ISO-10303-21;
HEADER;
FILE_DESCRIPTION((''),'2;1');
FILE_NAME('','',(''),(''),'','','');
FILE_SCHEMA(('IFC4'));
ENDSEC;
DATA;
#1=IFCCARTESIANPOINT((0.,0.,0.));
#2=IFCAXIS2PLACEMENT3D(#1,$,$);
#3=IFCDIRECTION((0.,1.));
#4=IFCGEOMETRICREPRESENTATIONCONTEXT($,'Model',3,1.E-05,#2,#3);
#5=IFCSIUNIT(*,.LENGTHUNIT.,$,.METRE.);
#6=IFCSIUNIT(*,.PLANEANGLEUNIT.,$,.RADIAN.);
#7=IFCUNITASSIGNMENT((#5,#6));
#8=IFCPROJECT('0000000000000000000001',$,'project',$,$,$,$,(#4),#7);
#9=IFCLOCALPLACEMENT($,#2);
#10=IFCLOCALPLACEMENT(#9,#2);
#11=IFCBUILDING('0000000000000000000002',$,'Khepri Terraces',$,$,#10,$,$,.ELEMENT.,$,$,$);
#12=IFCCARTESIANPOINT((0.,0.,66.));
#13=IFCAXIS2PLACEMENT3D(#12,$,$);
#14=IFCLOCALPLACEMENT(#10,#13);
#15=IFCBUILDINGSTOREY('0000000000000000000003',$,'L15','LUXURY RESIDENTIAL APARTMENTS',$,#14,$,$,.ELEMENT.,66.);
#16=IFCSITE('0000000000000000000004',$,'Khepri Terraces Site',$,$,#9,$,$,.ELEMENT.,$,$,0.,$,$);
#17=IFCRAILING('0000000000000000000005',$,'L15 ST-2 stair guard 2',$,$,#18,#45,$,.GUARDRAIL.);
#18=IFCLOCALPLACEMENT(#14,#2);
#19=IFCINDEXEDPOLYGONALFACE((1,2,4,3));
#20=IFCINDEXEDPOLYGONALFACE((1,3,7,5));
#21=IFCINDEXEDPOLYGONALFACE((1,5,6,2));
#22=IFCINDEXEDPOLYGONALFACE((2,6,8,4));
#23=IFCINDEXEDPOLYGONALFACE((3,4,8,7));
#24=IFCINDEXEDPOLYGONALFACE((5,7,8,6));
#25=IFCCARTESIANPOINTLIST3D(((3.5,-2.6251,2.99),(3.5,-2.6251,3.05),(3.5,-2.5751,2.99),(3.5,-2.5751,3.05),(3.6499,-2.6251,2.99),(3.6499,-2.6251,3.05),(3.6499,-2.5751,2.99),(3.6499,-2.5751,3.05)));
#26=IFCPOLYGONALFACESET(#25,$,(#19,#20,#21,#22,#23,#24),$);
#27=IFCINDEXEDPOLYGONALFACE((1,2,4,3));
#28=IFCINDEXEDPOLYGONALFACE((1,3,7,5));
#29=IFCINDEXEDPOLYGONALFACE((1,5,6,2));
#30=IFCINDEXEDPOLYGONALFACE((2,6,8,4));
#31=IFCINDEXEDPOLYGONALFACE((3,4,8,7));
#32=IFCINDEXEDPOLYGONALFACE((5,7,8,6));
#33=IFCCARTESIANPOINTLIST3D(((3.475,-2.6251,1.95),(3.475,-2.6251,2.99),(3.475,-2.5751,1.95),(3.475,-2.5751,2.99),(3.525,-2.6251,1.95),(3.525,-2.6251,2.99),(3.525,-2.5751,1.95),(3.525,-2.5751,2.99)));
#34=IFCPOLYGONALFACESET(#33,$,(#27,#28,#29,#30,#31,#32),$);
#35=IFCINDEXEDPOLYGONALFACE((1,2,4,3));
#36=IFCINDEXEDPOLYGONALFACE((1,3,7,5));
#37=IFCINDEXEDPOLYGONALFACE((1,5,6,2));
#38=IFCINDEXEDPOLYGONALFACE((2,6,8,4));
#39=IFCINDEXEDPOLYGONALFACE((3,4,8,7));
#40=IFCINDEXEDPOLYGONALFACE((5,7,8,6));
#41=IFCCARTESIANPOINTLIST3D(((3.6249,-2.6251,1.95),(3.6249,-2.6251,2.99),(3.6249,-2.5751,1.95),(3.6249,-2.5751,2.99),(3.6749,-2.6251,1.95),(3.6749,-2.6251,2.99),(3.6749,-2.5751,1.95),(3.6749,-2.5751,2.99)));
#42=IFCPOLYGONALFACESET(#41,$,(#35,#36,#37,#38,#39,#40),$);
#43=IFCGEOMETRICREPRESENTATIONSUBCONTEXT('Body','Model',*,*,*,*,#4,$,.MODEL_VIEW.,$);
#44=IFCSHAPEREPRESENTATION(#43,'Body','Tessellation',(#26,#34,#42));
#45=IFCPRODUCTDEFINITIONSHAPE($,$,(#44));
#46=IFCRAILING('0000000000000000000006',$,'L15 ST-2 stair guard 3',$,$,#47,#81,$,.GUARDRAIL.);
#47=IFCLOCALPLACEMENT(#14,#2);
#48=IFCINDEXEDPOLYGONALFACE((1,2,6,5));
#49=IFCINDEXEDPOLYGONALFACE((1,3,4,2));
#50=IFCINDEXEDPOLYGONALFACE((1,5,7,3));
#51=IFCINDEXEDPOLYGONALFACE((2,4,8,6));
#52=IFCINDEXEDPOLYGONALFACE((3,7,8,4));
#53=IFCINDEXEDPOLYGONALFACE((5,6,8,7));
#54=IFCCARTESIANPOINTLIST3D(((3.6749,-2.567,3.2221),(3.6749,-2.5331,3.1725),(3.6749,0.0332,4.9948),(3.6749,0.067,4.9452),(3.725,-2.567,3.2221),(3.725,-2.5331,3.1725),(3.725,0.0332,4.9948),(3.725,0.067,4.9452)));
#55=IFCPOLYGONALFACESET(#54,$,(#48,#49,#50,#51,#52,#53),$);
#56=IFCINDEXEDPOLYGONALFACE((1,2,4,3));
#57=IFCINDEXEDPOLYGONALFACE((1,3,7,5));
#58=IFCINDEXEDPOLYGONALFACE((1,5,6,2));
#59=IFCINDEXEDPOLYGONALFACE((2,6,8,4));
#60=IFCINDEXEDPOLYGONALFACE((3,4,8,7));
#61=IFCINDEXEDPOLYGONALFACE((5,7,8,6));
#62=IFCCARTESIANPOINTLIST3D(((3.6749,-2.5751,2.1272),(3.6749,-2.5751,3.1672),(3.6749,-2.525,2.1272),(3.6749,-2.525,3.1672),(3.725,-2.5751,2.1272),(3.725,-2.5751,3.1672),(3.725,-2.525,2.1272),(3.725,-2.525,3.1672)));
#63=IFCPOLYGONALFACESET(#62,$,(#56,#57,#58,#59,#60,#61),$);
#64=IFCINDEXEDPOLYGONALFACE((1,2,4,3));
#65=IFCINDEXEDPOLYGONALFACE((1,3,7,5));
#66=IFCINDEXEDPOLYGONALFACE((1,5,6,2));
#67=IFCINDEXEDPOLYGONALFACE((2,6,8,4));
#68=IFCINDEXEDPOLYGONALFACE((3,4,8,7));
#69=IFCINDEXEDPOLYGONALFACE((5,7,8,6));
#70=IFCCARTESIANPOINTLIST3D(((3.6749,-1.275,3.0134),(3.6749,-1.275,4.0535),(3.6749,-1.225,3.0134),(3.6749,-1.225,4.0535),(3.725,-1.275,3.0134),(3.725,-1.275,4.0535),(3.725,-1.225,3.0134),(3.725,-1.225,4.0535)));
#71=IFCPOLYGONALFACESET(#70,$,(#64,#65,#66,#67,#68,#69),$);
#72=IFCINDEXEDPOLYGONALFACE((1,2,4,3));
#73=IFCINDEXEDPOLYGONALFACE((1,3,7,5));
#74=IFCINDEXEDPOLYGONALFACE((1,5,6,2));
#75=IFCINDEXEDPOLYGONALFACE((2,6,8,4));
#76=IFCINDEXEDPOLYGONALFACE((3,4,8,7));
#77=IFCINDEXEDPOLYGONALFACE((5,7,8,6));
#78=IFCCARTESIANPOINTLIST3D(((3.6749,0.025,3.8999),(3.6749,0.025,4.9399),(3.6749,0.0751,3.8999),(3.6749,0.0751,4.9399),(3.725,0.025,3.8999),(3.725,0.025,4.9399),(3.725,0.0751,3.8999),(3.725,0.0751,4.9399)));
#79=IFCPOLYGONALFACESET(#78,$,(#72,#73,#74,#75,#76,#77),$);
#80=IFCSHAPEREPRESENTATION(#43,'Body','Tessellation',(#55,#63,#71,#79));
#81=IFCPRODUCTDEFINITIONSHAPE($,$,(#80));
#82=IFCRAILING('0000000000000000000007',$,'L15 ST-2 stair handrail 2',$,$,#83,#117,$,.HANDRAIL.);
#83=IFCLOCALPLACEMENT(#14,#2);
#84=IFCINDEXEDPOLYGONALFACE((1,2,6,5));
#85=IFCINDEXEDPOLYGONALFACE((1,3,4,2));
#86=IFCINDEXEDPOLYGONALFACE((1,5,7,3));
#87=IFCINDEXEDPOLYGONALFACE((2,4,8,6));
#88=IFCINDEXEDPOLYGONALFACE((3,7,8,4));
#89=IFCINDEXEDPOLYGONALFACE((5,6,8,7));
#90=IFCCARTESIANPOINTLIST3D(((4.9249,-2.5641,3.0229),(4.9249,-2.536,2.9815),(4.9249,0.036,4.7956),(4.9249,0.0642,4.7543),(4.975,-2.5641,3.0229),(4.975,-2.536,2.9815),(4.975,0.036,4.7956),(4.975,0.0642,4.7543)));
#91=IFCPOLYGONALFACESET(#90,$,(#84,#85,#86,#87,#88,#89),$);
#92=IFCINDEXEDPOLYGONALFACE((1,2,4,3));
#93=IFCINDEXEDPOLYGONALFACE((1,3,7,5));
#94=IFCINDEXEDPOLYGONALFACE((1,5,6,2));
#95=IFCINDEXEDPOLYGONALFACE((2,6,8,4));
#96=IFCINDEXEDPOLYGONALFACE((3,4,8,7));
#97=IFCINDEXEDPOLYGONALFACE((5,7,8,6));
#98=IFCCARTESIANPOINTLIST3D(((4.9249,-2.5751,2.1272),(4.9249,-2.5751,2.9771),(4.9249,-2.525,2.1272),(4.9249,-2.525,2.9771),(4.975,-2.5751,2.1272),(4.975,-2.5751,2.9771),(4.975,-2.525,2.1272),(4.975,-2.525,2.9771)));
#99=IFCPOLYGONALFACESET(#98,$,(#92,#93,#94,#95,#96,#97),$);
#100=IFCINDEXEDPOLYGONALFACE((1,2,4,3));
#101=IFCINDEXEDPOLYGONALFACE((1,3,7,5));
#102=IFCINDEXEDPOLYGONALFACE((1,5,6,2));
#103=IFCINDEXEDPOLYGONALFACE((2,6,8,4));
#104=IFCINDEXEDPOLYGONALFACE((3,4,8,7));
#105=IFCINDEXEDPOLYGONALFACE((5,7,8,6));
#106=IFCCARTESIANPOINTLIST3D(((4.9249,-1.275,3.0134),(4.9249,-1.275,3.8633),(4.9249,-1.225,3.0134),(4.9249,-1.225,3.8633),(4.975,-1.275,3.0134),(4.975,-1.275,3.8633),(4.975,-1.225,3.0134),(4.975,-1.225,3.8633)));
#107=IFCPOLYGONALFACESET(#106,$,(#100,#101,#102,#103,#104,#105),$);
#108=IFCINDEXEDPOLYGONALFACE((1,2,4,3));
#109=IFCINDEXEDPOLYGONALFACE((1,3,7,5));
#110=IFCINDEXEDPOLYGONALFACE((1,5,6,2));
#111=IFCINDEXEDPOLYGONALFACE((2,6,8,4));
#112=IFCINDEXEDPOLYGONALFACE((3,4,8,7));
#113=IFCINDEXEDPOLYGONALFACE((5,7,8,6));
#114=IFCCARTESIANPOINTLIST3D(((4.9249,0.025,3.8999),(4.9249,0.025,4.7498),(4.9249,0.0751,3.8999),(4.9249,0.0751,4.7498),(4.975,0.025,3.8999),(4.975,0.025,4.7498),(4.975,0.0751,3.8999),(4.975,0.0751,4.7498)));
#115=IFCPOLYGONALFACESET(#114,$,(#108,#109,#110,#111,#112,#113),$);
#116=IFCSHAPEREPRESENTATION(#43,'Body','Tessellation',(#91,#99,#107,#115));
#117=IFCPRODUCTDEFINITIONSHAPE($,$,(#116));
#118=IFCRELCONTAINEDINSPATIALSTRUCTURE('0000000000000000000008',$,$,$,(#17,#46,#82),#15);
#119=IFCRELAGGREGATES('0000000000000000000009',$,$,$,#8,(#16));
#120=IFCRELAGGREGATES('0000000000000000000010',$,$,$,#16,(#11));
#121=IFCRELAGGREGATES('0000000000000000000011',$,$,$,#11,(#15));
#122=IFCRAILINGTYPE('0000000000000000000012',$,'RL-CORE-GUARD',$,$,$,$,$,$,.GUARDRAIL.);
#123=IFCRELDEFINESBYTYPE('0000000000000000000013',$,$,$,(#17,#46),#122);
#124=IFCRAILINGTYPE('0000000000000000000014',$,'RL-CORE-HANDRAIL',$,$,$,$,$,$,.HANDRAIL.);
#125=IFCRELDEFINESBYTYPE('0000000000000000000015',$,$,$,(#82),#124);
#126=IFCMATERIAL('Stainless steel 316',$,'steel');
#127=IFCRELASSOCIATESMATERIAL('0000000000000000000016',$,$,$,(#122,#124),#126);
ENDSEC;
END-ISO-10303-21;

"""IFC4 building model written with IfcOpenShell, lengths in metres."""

from ifc_helpers import new_model, si_unit, direction, frame, origin, origin_2d, place, context, subcontext, project, spatial, rectangle, extrude, material, type_object, element, save


model = new_model("IFC4")

# Units and contexts
model_context = context("Model", 3, precision=1e-05, world=origin(), true_north=direction((0.0, 1.0)))
body_context = subcontext(model_context, "Body", "Model", "MODEL_VIEW")
ifc_project = project(units=[si_unit("LENGTHUNIT", "METRE"), si_unit("PLANEANGLEUNIT", "RADIAN")], contexts=[model_context])

# Site, building, storey
site_placement = place(None, origin())
site = spatial("IfcSite", under=ifc_project, at=site_placement, Name="Khepri Terraces Site", CompositionType="ELEMENT", RefElevation=0.0)
building_placement = place(site_placement, origin())
building = spatial("IfcBuilding", under=site, at=building_placement, Name="Khepri Terraces", CompositionType="ELEMENT")
storey_placement = place(building_placement, frame((0.0, 0.0, 66.0)))
storey = spatial("IfcBuildingStorey", under=building, at=storey_placement, Name="L15", Description="LUXURY RESIDENTIAL APARTMENTS", CompositionType="ELEMENT", Elevation=66.0)

# Railings
ifc_material_1 = material(Name="Stainless steel 316", Category="steel")
railing_type_1 = type_object("IfcRailingType", Name="RL-CORE-GUARD", PredefinedType="GUARDRAIL", material=ifc_material_1)
railing_1_placement = place(storey_placement, frame((3.5, -2.6001, 1.95)))
element("IfcRailing", 1, at=railing_1_placement, inside=storey, type_object=railing_type_1, Name="L15 ST-2 stair guard 2", PredefinedType="GUARDRAIL", context=body_context, shape_type="SweptSolid", body=[
    extrude(rectangle(XDim=0.05, YDim=0.0601, at=origin_2d()), frame((0.0, 0.0, 1.0701), z_axis=(1.0, 0.0, 0.0), x_axis=(0.0, 1.0, 0.0)), (0.0, 0.0, 1.0), 0.1499),
    extrude(rectangle(XDim=0.05, YDim=0.05, at=origin_2d()), origin(), (0.0, 0.0, 1.0), 1.04),
    extrude(rectangle(XDim=0.05, YDim=0.05, at=origin_2d()), frame((0.1499, 0.0, 0.0)), (0.0, 0.0, 1.0), 1.04),
])
railing_2_placement = place(storey_placement, frame((3.7, -2.55, 2.1272)))
element("IfcRailing", 2, at=railing_2_placement, inside=storey, type_object=railing_type_1, Name="L15 ST-2 stair guard 3", PredefinedType="GUARDRAIL", context=body_context, shape_type="SweptSolid", body=[
    extrude(rectangle(XDim=0.05, YDim=0.0601, at=origin_2d()), frame((0.0, 0.0, 1.0701), z_axis=(0.0, 0.82624, 0.563318), x_axis=(-1.0, 0.0, 0.0)), (0.0, 0.0, 1.0), 3.147),
    extrude(rectangle(XDim=0.05, YDim=0.05, at=origin_2d()), origin(), (0.0, 0.0, 1.0), 1.04),
    extrude(rectangle(XDim=0.05, YDim=0.05, at=origin_2d()), frame((0.0, 1.3, 0.8862)), (0.0, 0.0, 1.0), 1.04),
    extrude(rectangle(XDim=0.05, YDim=0.05, at=origin_2d()), frame((0.0, 2.6001, 1.7727)), (0.0, 0.0, 1.0), 1.04),
])
railing_type_2 = type_object("IfcRailingType", Name="RL-CORE-HANDRAIL", PredefinedType="HANDRAIL", material=ifc_material_1)
railing_3_placement = place(storey_placement, frame((4.95, -2.55, 2.1272)))
element("IfcRailing", 3, at=railing_3_placement, inside=storey, type_object=railing_type_2, Name="L15 ST-2 stair handrail 2", PredefinedType="HANDRAIL", context=body_context, shape_type="SweptSolid", body=[
    extrude(rectangle(XDim=0.05, YDim=0.05, at=origin_2d()), frame((0.0, 0.0, 0.875), z_axis=(0.0, 0.82624, 0.563318), x_axis=(-1.0, 0.0, 0.0)), (0.0, 0.0, 1.0), 3.147),
    extrude(rectangle(XDim=0.05, YDim=0.05, at=origin_2d()), origin(), (0.0, 0.0, 1.0), 0.8499),
    extrude(rectangle(XDim=0.05, YDim=0.05, at=origin_2d()), frame((0.0, 1.3, 0.8862)), (0.0, 0.0, 1.0), 0.8499),
    extrude(rectangle(XDim=0.05, YDim=0.05, at=origin_2d()), frame((0.0, 2.6001, 1.7727)), (0.0, 0.0, 1.0), 0.8499),
])

save(model, "model.ifc")
